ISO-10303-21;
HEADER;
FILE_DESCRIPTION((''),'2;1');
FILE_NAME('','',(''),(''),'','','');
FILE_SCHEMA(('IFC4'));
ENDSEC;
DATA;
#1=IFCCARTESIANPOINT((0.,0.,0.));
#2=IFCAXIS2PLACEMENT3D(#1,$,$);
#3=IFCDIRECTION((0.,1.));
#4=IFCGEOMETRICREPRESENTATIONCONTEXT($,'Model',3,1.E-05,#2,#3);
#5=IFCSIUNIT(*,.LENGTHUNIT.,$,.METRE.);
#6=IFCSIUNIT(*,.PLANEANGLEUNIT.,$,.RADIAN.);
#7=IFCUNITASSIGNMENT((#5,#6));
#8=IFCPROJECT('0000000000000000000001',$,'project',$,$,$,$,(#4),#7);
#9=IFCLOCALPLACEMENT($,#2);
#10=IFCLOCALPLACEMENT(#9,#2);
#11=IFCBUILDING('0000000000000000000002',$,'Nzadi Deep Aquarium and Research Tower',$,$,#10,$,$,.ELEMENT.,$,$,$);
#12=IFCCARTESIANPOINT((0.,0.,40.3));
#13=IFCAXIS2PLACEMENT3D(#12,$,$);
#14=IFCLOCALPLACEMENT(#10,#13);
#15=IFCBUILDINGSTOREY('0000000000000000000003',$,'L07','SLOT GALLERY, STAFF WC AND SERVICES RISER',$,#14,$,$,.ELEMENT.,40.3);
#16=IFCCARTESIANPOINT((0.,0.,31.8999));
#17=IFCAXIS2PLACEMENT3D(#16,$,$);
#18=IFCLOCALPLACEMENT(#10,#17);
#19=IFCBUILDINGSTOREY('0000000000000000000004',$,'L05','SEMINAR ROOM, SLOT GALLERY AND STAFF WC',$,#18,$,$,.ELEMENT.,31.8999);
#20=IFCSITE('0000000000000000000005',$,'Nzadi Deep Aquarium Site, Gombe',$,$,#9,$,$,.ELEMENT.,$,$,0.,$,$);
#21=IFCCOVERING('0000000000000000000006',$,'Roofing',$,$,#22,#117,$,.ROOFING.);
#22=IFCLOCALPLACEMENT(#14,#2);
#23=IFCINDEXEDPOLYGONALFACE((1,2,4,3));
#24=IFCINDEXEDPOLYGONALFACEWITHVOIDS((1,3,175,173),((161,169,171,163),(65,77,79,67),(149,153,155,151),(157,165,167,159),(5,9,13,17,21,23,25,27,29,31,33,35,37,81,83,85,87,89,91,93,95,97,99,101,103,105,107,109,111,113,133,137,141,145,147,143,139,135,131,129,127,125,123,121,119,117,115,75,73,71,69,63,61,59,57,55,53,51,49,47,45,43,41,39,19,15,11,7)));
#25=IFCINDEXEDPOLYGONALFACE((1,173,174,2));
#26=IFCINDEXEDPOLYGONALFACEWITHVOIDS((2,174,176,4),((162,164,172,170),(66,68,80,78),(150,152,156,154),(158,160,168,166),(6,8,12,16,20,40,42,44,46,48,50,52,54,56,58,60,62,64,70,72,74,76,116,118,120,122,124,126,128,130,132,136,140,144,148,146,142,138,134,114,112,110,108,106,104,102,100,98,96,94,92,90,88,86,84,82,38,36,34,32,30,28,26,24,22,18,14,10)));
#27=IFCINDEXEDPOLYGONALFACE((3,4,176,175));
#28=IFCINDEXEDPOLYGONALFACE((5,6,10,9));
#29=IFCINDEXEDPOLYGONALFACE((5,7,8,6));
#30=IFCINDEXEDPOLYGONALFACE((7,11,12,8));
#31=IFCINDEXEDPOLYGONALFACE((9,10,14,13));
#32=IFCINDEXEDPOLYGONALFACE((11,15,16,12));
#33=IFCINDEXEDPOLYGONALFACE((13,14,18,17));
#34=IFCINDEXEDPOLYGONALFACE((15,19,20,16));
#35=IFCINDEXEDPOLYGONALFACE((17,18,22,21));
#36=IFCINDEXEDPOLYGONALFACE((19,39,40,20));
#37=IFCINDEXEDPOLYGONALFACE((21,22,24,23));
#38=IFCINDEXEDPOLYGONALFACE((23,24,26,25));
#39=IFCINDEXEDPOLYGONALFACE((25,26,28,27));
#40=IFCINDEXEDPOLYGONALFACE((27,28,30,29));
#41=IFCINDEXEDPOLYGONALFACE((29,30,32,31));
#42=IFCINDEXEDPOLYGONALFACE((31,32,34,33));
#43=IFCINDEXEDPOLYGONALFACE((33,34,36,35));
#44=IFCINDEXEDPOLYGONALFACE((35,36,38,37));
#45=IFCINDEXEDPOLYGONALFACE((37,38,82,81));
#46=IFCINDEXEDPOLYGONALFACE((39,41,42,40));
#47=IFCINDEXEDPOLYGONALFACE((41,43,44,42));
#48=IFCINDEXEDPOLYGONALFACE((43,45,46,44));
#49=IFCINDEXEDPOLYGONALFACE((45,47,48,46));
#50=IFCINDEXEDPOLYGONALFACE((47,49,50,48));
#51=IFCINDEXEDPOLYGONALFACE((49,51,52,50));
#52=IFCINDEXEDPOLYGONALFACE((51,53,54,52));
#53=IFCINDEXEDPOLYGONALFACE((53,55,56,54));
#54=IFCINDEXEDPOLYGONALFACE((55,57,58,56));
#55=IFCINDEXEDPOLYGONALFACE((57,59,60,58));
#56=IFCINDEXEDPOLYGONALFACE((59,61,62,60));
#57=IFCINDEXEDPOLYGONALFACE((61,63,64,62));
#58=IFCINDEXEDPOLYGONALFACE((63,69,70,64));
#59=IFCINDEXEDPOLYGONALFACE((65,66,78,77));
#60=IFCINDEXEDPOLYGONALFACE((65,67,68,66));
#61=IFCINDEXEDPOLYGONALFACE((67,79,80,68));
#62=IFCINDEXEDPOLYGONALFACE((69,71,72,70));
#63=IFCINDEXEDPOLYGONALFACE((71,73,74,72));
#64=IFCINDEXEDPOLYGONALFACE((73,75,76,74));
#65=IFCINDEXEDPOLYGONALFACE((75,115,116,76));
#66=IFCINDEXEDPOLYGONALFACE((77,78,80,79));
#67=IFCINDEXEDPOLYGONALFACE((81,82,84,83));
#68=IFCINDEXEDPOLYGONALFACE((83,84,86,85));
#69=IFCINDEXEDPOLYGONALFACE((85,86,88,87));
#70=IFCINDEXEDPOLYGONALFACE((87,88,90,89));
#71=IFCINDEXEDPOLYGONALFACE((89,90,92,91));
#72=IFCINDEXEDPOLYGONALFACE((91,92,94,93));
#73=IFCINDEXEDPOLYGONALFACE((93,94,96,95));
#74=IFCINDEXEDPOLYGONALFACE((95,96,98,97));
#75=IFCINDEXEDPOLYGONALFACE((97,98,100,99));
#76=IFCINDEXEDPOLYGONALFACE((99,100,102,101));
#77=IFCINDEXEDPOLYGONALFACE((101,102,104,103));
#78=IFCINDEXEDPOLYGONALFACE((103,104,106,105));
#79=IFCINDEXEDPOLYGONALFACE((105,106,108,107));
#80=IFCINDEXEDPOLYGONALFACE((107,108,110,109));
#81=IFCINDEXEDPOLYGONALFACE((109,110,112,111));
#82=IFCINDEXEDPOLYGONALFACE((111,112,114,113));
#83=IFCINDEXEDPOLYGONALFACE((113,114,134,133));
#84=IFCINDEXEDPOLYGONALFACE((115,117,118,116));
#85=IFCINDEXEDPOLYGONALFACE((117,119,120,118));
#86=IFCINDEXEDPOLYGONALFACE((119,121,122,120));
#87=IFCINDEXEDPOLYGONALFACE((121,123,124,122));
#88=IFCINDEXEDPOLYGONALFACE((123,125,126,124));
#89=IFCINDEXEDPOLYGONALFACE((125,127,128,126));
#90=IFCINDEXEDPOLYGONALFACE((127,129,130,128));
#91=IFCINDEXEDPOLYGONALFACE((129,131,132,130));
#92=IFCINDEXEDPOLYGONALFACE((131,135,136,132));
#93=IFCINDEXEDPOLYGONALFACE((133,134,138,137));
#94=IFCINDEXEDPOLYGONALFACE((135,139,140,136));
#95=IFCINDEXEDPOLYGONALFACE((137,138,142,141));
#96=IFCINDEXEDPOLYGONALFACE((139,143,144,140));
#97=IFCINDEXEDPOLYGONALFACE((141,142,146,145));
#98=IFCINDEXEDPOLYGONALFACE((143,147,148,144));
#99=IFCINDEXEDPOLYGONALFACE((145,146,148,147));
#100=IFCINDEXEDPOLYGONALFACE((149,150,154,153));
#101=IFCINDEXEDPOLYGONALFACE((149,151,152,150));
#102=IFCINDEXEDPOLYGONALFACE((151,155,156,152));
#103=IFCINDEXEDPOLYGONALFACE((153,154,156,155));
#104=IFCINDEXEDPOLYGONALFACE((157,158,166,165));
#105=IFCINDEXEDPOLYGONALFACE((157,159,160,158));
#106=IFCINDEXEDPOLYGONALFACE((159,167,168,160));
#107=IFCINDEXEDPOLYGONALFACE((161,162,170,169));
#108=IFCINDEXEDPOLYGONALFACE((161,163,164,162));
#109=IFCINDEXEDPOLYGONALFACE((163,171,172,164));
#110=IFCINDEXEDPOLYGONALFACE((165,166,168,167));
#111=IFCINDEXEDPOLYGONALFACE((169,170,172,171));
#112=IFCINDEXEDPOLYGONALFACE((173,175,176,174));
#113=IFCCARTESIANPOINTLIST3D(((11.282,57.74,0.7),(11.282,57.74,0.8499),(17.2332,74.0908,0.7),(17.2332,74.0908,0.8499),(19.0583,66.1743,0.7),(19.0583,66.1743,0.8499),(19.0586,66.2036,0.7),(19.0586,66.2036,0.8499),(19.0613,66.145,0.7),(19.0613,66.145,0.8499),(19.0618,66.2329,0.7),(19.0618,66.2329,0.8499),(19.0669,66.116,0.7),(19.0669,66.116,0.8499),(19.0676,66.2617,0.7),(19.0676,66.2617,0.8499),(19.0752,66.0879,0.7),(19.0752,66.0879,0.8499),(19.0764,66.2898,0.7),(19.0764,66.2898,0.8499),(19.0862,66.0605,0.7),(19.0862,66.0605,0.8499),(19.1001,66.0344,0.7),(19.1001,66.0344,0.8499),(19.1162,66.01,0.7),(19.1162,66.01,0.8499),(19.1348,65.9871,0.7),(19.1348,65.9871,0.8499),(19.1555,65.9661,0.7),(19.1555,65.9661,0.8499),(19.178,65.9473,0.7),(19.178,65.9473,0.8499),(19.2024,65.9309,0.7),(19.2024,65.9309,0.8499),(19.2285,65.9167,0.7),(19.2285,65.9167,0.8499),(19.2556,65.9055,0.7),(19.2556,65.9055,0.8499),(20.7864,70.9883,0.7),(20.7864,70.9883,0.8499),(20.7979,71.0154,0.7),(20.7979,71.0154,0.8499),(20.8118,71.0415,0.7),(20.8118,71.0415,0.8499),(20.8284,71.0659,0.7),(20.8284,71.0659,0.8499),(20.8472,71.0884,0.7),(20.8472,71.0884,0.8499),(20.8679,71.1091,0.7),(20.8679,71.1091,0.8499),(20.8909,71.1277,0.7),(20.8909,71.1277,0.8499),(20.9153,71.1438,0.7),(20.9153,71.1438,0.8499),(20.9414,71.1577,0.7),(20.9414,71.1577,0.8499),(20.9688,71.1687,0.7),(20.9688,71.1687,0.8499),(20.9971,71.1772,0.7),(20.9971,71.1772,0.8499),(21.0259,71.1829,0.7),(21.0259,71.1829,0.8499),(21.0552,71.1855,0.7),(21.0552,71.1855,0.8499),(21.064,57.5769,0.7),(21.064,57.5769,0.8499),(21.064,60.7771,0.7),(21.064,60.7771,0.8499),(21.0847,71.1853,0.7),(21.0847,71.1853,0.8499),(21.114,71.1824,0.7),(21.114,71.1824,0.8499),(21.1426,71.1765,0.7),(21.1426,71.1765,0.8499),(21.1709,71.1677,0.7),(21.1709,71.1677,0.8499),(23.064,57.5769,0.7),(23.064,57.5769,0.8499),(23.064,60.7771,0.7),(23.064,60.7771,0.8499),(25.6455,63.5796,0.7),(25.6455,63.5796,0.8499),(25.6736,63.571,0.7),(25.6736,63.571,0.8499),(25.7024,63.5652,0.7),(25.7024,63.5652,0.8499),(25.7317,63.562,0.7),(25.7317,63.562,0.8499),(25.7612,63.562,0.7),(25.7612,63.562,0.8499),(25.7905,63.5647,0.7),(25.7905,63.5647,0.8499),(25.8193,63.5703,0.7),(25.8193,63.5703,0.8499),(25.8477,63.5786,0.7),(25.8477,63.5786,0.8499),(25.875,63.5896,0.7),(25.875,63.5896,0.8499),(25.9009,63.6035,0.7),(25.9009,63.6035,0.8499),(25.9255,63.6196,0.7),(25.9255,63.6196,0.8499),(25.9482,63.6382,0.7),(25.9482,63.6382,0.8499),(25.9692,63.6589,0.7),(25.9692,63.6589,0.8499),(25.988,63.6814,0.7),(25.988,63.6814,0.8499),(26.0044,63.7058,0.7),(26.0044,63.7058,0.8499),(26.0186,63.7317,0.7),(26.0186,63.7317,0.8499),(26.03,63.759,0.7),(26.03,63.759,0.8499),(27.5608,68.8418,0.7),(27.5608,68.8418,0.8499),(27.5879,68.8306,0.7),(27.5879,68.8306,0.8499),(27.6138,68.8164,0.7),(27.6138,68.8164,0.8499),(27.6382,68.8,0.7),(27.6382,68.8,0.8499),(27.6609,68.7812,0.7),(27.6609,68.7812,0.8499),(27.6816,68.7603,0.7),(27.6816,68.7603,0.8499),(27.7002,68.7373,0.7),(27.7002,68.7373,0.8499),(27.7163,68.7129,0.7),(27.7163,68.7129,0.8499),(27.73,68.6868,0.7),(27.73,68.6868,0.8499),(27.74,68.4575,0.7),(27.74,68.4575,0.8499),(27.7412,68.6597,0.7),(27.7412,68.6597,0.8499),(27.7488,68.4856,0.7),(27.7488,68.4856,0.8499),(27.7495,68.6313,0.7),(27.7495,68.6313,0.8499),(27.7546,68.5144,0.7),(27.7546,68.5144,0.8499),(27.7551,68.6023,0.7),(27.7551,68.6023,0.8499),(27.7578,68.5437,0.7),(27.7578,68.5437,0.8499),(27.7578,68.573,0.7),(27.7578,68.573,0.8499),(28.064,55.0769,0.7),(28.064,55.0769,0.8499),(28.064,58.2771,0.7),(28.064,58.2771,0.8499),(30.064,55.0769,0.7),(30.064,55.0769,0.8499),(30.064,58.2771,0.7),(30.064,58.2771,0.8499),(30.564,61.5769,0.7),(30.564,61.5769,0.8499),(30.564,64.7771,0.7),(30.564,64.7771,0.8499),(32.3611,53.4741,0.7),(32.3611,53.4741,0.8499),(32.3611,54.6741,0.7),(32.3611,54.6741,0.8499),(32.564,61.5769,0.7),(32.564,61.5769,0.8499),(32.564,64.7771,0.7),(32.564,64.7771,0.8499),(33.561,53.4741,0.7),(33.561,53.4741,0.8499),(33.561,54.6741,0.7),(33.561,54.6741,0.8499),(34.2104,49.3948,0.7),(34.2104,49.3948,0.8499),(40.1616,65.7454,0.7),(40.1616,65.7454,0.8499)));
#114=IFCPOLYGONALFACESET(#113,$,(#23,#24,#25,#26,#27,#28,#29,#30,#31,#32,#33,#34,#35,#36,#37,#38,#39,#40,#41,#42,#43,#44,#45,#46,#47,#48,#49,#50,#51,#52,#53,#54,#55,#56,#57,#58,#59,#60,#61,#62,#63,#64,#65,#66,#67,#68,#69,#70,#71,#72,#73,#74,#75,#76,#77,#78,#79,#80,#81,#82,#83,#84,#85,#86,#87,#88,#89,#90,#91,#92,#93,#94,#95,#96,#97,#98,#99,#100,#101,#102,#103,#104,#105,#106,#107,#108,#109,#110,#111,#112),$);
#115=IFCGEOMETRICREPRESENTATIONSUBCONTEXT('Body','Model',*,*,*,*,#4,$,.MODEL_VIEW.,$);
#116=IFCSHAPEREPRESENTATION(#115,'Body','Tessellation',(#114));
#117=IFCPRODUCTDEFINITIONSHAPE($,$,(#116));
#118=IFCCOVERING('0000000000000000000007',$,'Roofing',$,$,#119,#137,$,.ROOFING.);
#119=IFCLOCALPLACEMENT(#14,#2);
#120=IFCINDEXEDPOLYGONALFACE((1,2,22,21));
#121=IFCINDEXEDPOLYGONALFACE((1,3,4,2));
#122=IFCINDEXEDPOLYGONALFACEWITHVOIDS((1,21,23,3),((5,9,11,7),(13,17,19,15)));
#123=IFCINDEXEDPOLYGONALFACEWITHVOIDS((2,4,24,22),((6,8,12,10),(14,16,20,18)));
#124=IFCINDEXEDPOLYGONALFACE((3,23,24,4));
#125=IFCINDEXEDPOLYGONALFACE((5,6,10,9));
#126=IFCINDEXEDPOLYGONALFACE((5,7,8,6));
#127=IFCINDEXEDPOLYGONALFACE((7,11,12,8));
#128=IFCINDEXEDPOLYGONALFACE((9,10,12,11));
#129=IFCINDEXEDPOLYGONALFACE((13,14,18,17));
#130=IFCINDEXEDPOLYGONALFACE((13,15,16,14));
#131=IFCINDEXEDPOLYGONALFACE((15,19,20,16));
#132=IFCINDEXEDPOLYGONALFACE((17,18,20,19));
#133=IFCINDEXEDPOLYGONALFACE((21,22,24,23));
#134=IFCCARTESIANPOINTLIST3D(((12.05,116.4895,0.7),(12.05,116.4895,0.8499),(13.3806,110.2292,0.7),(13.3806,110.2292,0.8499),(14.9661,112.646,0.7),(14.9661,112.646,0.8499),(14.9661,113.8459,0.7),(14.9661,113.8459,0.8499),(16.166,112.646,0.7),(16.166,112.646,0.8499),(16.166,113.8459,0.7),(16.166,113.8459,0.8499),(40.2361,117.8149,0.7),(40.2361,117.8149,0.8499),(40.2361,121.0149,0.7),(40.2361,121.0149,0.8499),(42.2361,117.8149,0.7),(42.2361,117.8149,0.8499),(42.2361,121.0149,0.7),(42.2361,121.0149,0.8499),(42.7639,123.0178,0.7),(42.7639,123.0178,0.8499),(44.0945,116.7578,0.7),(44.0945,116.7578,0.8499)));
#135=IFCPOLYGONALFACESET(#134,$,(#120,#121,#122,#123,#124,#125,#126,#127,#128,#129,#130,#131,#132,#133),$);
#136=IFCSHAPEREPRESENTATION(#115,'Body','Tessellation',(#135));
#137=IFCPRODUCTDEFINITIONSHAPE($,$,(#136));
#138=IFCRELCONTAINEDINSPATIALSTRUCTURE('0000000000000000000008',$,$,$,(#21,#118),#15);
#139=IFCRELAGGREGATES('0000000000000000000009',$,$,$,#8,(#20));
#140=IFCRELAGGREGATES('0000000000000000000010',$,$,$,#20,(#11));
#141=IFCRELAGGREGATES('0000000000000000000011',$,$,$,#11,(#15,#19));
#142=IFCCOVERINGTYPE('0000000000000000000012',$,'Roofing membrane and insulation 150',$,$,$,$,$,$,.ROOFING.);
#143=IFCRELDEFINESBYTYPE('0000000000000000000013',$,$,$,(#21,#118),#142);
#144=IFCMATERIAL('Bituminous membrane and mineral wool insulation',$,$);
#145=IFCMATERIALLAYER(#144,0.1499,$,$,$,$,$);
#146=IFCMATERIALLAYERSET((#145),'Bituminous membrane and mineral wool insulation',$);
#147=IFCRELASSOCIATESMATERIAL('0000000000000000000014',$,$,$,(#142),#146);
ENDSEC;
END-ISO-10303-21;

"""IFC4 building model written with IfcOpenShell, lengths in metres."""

from ifc_helpers import new_model, si_unit, direction, frame, origin, place, context, subcontext, project, spatial, polyline, outline, extrude, material, layer, layer_set, type_object, element, save


model = new_model("IFC4")

# Units and contexts
model_context = context("Model", 3, precision=1e-05, world=origin(), true_north=direction((0.0, 1.0)))
body_context = subcontext(model_context, "Body", "Model", "MODEL_VIEW")
ifc_project = project(units=[si_unit("LENGTHUNIT", "METRE"), si_unit("PLANEANGLEUNIT", "RADIAN")], contexts=[model_context])

# Site, building, storey
site_placement = place(None, origin())
site = spatial("IfcSite", under=ifc_project, at=site_placement, Name="Nzadi Deep Aquarium Site, Gombe", CompositionType="ELEMENT", RefElevation=0.0)
building_placement = place(site_placement, origin())
building = spatial("IfcBuilding", under=site, at=building_placement, Name="Nzadi Deep Aquarium and Research Tower", CompositionType="ELEMENT")
storey_1_placement = place(building_placement, frame((0.0, 0.0, 40.3)))
storey_1 = spatial("IfcBuildingStorey", under=building, at=storey_1_placement, Name="L07", Description="SLOT GALLERY, STAFF WC AND SERVICES RISER", CompositionType="ELEMENT", Elevation=40.3)

# Shared definitions
storey_2_placement = place(building_placement, frame((0.0, 0.0, 31.8999)))
storey_2 = spatial("IfcBuildingStorey", under=building, at=storey_2_placement, Name="L05", Description="SEMINAR ROOM, SLOT GALLERY AND STAFF WC", CompositionType="ELEMENT", Elevation=31.8999)

# Coverings
ifc_material_1 = material(Name="Bituminous membrane and mineral wool insulation")
ifc_layer_1 = layer(ifc_material_1, 0.1499)
ifc_layer_set_1 = layer_set([ifc_layer_1], Name="Bituminous membrane and mineral wool insulation")
covering_type = type_object("IfcCoveringType", Name="Roofing membrane and insulation 150", PredefinedType="ROOFING", material=ifc_layer_set_1)
covering_1_placement = place(storey_1_placement, frame((0.0, 0.0, 0.7)))
element("IfcCovering", 1, at=covering_1_placement, inside=storey_1, type_object=covering_type, Name="Roofing", PredefinedType="ROOFING", context=body_context, shape_type="SweptSolid", body=[
    extrude(outline(polyline([(40.1616, 65.7454), (34.2104, 49.3948), (11.282, 57.74), (17.2332, 74.0908), (40.1616, 65.7454)]), holes=[polyline([(27.74, 68.4575), (27.7488, 68.4856), (27.7546, 68.5144), (27.7578, 68.5437), (27.7578, 68.573), (27.7551, 68.6023), (27.7495, 68.6313), (27.7412, 68.6597), (27.73, 68.6868), (27.7163, 68.7129), (27.7002, 68.7373), (27.6816, 68.7603), (27.6609, 68.7812), (27.6382, 68.8), (27.6138, 68.8164), (27.5879, 68.8306), (27.5608, 68.8418), (21.1709, 71.1677), (21.1426, 71.1765), (21.114, 71.1824), (21.0847, 71.1853), (21.0552, 71.1855), (21.0259, 71.1829), (20.9971, 71.1772), (20.9688, 71.1687), (20.9414, 71.1577), (20.9153, 71.1438), (20.8909, 71.1277), (20.8679, 71.1091), (20.8472, 71.0884), (20.8284, 71.0659), (20.8118, 71.0415), (20.7979, 71.0154), (20.7864, 70.9883), (19.0764, 66.2898), (19.0676, 66.2617), (19.0618, 66.2329), (19.0586, 66.2036), (19.0583, 66.1743), (19.0613, 66.145), (19.0669, 66.116), (19.0752, 66.0879), (19.0862, 66.0605), (19.1001, 66.0344), (19.1162, 66.01), (19.1348, 65.9871), (19.1555, 65.9661), (19.178, 65.9473), (19.2024, 65.9309), (19.2285, 65.9167), (19.2556, 65.9055), (25.6455, 63.5796), (25.6736, 63.571), (25.7024, 63.5652), (25.7317, 63.562), (25.7612, 63.562), (25.7905, 63.5647), (25.8193, 63.5703), (25.8477, 63.5786), (25.875, 63.5896), (25.9009, 63.6035), (25.9255, 63.6196), (25.9482, 63.6382), (25.9692, 63.6589), (25.988, 63.6814), (26.0044, 63.7058), (26.0186, 63.7317), (26.03, 63.759), (27.74, 68.4575)]), polyline([(23.064, 60.7771), (21.064, 60.7771), (21.064, 57.5769), (23.064, 57.5769), (23.064, 60.7771)]), polyline([(33.561, 54.6741), (32.3611, 54.6741), (32.3611, 53.4741), (33.561, 53.4741), (33.561, 54.6741)]), polyline([(30.064, 58.2771), (28.064, 58.2771), (28.064, 55.0769), (30.064, 55.0769), (30.064, 58.2771)]), polyline([(32.564, 64.7771), (30.564, 64.7771), (30.564, 61.5769), (32.564, 61.5769), (32.564, 64.7771)])]), origin(), (0.0, 0.0, 1.0), 0.1499),
])
covering_2_placement = place(storey_1_placement, frame((0.0, 0.0, 0.7)))
element("IfcCovering", 2, at=covering_2_placement, inside=storey_1, type_object=covering_type, Name="Roofing", PredefinedType="ROOFING", context=body_context, shape_type="SweptSolid", body=[
    extrude(outline(polyline([(12.05, 116.4895), (42.7639, 123.0178), (44.0945, 116.7578), (13.3806, 110.2292), (12.05, 116.4895)]), holes=[polyline([(16.166, 113.8459), (14.9661, 113.8459), (14.9661, 112.646), (16.166, 112.646), (16.166, 113.8459)]), polyline([(42.2361, 121.0149), (40.2361, 121.0149), (40.2361, 117.8149), (42.2361, 117.8149), (42.2361, 121.0149)])]), origin(), (0.0, 0.0, 1.0), 0.1499),
])

save(model, "model.ifc")
